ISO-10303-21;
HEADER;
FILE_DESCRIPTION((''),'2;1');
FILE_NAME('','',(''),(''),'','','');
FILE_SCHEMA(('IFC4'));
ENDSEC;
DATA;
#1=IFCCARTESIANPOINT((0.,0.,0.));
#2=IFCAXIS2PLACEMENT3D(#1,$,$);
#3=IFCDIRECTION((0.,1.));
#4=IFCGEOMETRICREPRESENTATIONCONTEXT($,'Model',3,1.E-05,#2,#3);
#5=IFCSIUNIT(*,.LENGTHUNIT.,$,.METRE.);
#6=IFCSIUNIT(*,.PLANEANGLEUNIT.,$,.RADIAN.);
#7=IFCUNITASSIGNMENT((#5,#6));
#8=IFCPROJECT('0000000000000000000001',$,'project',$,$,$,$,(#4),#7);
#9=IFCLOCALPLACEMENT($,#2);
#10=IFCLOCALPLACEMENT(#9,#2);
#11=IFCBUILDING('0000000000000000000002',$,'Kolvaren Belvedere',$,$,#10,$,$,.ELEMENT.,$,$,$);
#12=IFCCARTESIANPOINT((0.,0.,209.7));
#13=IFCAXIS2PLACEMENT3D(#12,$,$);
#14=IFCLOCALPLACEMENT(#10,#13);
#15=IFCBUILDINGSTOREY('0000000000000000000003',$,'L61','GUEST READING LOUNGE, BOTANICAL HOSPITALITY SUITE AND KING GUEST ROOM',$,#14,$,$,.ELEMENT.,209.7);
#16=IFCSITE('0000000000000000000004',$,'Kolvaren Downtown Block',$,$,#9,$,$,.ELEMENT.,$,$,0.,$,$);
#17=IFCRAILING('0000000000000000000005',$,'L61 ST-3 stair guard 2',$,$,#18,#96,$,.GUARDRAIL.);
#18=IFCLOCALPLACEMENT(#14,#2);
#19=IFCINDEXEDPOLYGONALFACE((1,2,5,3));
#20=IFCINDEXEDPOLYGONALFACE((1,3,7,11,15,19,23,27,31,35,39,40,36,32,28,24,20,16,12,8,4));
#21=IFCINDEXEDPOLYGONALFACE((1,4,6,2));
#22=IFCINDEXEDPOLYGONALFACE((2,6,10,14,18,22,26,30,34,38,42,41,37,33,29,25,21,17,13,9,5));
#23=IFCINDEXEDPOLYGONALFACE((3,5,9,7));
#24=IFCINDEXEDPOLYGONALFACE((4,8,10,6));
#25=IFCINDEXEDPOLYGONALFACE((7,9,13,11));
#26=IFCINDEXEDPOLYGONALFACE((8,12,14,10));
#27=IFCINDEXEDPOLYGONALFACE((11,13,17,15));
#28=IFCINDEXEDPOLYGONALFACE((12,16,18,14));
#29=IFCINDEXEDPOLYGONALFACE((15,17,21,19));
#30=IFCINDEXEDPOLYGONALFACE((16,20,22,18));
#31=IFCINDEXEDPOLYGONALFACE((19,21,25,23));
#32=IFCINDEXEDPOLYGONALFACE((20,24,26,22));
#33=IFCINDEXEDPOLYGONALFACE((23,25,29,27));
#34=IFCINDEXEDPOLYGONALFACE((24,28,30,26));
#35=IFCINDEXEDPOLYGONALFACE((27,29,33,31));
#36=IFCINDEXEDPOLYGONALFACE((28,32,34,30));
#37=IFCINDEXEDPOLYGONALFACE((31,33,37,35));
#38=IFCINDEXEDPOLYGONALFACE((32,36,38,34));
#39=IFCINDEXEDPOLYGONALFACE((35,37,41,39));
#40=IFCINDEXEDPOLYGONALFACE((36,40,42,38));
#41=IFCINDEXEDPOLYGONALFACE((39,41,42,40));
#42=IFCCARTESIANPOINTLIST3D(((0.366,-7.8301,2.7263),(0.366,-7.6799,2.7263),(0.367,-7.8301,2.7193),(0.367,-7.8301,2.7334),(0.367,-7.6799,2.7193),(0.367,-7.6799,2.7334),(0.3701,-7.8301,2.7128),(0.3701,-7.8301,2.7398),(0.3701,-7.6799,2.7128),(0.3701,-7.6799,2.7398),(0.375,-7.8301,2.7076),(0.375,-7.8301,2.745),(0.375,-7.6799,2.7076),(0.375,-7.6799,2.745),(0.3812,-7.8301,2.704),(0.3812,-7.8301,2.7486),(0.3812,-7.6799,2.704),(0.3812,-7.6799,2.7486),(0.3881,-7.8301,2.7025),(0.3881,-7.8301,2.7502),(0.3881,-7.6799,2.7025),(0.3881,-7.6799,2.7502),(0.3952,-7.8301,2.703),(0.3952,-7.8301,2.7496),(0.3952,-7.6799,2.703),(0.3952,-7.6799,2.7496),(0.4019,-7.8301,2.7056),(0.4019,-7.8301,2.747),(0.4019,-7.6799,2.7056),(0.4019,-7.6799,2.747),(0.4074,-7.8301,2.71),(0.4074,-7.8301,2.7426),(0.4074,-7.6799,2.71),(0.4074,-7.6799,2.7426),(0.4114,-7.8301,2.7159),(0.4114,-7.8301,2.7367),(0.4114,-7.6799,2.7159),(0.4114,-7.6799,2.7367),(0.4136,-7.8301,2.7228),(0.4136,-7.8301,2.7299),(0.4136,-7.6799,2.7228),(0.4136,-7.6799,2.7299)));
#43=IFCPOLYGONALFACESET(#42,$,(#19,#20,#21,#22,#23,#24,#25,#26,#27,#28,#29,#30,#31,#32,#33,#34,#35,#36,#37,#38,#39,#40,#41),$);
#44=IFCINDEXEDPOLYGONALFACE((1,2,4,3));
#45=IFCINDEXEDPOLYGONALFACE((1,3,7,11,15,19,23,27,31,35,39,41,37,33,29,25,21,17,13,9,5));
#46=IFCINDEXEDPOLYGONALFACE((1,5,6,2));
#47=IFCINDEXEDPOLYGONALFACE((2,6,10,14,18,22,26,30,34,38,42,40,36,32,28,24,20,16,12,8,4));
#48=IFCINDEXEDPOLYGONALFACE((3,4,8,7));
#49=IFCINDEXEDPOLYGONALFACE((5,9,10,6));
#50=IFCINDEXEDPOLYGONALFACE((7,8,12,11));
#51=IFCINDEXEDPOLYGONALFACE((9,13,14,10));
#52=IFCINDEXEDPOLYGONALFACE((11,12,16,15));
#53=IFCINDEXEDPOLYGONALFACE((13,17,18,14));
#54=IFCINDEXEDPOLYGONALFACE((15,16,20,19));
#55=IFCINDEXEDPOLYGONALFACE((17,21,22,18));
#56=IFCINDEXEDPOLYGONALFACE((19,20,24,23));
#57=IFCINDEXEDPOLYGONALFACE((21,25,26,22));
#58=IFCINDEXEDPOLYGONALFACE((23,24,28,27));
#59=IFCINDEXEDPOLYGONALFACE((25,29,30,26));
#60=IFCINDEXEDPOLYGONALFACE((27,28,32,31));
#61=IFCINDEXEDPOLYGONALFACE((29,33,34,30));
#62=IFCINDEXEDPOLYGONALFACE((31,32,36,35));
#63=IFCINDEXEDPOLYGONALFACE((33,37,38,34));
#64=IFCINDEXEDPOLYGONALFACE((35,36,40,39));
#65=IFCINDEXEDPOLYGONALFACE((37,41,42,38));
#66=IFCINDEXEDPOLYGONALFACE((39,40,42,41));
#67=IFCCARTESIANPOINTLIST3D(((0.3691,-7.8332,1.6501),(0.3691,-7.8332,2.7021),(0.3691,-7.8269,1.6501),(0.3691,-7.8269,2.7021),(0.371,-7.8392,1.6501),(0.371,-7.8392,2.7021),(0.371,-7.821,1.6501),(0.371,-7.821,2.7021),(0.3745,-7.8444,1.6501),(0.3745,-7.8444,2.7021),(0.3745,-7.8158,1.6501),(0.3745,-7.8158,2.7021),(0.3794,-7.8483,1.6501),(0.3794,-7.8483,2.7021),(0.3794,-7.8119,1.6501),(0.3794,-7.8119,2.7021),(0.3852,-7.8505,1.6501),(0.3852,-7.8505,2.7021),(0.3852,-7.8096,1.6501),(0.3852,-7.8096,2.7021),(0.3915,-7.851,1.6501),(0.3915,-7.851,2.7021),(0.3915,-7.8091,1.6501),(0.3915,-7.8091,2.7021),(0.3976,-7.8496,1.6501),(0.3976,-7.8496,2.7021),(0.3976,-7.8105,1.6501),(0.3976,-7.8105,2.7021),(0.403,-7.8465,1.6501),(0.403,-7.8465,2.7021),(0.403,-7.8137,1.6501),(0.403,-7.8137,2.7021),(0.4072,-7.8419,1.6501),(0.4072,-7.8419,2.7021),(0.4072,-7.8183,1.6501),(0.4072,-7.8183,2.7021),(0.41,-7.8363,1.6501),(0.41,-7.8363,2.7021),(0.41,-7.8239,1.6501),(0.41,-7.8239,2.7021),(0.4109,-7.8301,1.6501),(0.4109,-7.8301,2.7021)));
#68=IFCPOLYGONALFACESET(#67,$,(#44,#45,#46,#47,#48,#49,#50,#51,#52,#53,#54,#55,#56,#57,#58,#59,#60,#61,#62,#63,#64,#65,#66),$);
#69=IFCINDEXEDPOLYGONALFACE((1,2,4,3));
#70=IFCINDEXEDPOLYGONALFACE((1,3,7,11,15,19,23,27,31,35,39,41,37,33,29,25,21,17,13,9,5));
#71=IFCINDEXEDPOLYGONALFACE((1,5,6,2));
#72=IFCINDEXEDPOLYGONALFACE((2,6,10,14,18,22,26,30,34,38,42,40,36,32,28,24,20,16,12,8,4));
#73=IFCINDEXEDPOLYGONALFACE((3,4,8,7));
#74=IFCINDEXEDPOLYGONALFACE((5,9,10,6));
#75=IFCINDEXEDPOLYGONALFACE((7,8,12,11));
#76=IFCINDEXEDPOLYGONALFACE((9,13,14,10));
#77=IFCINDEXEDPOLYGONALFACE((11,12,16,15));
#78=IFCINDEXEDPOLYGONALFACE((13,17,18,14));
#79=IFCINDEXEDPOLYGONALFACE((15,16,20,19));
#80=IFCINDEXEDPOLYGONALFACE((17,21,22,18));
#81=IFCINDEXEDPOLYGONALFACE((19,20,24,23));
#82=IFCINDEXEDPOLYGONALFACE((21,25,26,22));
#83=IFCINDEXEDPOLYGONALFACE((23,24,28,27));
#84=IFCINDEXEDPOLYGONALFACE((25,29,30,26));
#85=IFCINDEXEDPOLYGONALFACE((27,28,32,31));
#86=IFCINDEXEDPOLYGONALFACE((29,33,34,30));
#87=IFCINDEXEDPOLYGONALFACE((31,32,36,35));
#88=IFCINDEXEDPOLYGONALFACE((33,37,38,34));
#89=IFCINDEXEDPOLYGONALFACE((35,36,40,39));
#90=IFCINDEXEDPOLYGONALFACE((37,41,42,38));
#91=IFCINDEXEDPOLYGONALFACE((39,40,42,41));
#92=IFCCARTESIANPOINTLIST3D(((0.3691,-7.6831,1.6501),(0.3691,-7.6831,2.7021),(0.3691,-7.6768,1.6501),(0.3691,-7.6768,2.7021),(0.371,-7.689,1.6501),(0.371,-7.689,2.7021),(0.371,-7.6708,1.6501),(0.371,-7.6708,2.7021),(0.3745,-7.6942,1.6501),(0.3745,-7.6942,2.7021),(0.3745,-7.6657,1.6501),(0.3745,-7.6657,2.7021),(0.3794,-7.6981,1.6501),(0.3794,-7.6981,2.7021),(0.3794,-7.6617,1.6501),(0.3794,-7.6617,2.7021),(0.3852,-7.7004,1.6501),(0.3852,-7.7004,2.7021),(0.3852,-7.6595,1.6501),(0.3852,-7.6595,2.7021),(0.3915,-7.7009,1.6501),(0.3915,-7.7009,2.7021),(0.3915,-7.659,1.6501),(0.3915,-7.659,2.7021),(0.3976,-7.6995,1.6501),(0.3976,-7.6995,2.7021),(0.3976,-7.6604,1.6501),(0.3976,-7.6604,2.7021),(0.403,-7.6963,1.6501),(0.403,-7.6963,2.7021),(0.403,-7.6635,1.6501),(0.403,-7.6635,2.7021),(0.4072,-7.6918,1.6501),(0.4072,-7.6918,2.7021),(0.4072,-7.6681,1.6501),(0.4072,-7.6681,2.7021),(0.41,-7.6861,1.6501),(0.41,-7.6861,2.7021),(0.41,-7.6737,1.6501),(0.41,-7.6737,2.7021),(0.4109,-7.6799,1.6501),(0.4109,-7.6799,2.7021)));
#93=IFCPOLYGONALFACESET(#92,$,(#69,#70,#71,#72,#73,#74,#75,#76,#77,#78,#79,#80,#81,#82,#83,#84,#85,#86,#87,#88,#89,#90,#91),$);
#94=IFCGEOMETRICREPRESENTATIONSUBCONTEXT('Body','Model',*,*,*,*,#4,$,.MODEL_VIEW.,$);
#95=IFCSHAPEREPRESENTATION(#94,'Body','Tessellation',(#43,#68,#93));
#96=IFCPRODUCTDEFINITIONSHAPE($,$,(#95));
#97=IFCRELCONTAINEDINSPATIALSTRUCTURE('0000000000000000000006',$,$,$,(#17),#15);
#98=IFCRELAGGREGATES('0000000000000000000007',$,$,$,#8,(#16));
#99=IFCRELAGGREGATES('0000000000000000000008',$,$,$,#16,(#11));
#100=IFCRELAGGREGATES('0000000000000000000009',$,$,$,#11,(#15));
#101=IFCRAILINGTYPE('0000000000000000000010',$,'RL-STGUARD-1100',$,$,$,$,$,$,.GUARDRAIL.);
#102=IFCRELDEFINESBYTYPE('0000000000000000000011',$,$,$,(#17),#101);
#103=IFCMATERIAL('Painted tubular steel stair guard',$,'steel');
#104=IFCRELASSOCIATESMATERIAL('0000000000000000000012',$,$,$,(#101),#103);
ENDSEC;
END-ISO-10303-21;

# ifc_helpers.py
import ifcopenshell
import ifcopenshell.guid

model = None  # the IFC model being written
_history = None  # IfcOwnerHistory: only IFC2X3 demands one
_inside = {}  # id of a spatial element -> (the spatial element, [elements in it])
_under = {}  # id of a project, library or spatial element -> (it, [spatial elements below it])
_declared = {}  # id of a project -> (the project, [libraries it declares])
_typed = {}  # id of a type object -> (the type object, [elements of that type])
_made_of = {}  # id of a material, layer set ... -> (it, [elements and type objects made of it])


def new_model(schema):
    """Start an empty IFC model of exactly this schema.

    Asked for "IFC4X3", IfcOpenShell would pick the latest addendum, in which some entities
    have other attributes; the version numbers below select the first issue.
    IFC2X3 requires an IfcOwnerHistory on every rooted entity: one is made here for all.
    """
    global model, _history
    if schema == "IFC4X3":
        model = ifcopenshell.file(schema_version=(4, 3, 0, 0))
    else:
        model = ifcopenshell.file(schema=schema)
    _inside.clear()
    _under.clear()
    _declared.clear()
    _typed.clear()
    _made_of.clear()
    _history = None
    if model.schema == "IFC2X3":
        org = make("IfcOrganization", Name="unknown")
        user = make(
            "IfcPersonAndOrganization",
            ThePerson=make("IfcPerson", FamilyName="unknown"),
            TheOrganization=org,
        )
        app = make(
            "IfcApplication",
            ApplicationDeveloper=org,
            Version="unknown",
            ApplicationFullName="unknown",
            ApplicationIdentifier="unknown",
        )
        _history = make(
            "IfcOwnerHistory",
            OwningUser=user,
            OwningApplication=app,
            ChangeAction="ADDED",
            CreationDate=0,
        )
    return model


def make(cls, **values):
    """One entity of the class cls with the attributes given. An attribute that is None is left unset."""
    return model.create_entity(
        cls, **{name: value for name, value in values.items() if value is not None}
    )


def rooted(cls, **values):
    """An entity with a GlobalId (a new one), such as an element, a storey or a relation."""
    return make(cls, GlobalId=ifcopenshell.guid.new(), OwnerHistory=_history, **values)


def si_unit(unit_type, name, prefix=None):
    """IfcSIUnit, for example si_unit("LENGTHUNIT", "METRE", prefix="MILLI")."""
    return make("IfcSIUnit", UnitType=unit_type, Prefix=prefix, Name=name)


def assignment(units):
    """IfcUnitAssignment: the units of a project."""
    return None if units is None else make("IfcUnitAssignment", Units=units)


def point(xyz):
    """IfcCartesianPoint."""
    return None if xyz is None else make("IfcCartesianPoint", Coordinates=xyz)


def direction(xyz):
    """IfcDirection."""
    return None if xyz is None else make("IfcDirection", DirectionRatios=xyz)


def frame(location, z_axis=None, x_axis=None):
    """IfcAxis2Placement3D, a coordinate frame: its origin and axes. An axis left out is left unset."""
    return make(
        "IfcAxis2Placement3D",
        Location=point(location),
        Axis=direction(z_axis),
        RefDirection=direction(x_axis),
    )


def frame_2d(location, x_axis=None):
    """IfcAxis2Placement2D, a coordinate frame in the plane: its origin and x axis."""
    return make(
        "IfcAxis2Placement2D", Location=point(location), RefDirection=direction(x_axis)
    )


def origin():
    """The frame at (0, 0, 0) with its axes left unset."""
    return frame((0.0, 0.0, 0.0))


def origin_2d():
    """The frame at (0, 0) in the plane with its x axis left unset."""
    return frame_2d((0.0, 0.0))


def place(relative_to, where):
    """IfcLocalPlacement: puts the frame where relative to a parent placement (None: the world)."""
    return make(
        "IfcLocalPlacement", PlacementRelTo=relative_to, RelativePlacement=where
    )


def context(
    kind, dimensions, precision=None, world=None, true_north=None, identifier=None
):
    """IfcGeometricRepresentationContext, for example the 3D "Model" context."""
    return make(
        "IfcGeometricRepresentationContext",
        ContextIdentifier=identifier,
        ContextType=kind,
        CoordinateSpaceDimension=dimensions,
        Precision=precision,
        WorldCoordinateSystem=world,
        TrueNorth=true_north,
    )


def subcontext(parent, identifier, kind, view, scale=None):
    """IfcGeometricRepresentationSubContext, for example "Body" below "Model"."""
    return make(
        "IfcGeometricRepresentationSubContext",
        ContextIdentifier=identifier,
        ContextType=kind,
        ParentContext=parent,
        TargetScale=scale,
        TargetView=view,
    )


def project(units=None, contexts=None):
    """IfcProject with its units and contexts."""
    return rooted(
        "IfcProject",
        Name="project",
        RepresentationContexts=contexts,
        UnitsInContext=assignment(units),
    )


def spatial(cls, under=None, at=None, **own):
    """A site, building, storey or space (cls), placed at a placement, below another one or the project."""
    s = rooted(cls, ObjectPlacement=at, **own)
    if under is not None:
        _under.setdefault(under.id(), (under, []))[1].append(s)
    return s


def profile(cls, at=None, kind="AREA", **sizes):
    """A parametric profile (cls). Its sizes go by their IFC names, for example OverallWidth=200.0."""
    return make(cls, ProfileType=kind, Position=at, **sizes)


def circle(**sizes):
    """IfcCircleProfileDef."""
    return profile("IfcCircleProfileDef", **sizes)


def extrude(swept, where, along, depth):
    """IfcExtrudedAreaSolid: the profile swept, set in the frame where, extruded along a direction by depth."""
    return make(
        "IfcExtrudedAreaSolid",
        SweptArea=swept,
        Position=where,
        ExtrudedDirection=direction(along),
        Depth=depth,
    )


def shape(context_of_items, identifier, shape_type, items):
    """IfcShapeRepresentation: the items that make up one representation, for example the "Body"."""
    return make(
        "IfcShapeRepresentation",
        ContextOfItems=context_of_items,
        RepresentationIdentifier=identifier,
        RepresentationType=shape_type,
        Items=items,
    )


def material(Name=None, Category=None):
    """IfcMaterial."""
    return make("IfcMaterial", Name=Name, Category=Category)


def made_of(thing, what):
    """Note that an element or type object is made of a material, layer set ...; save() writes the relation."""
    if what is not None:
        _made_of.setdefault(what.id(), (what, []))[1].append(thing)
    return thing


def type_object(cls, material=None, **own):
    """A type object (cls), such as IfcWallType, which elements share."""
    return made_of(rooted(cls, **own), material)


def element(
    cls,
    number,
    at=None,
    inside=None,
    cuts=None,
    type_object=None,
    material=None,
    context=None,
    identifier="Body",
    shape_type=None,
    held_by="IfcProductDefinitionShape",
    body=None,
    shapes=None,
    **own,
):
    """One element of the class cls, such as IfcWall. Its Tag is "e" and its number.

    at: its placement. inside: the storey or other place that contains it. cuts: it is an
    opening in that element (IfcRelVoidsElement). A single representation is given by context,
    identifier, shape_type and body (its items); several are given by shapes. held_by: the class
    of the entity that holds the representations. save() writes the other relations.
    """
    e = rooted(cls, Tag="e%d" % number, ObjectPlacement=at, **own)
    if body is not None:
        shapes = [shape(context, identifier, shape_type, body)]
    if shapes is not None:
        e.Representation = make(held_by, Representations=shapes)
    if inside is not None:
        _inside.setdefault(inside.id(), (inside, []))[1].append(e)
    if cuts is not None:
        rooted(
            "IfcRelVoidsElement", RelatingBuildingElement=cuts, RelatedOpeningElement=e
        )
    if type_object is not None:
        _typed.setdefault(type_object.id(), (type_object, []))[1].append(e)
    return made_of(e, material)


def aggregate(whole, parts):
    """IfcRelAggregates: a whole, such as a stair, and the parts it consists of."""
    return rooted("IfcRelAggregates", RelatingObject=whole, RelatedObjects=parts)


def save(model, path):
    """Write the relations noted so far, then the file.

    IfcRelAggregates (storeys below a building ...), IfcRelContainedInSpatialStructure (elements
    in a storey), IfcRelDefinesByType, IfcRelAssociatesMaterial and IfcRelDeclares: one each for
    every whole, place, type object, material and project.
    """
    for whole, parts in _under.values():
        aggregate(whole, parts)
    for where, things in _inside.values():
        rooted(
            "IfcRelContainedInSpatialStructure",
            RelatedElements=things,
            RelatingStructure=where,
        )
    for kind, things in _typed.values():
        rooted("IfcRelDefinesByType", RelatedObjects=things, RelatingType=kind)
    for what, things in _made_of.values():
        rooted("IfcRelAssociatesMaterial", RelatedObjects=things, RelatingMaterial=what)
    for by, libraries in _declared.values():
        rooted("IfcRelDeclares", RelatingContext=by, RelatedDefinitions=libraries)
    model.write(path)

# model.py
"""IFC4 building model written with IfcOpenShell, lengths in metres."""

from ifc_helpers import new_model, si_unit, direction, frame, origin, origin_2d, place, context, subcontext, project, spatial, circle, extrude, material, type_object, element, save


model = new_model("IFC4")

# Units and contexts
model_context = context("Model", 3, precision=1e-05, world=origin(), true_north=direction((0.0, 1.0)))
body_context = subcontext(model_context, "Body", "Model", "MODEL_VIEW")
ifc_project = project(units=[si_unit("LENGTHUNIT", "METRE"), si_unit("PLANEANGLEUNIT", "RADIAN")], contexts=[model_context])

# Site, building, storey
site_placement = place(None, origin())
site = spatial("IfcSite", under=ifc_project, at=site_placement, Name="Kolvaren Downtown Block", CompositionType="ELEMENT", RefElevation=0.0)
building_placement = place(site_placement, origin())
building = spatial("IfcBuilding", under=site, at=building_placement, Name="Kolvaren Belvedere", CompositionType="ELEMENT")
storey_placement = place(building_placement, frame((0.0, 0.0, 209.7)))
storey = spatial("IfcBuildingStorey", under=building, at=storey_placement, Name="L61", Description="GUEST READING LOUNGE, BOTANICAL HOSPITALITY SUITE AND KING GUEST ROOM", CompositionType="ELEMENT", Elevation=209.7)

# Railing
ifc_material_1 = material(Name="Painted tubular steel stair guard", Category="steel")
railing_type_1 = type_object("IfcRailingType", Name="RL-STGUARD-1100", PredefinedType="GUARDRAIL", material=ifc_material_1)
railing_1_placement = place(storey_placement, frame((0.3899, -7.8301, 1.6501)))
element("IfcRailing", 1, at=railing_1_placement, inside=storey, type_object=railing_type_1, Name="L61 ST-3 stair guard 2", PredefinedType="GUARDRAIL", context=body_context, shape_type="SweptSolid", body=[
    extrude(circle(Radius=0.0239, at=origin_2d()), frame((0.0, 0.0, 1.0762), z_axis=(0.0, 1.0, 0.0), x_axis=(-1.0, 0.0, 0.0)), (0.0, 0.0, 1.0), 0.1501),
    extrude(circle(Radius=0.021, at=origin_2d()), origin(), (0.0, 0.0, 1.0), 1.052),
    extrude(circle(Radius=0.021, at=origin_2d()), frame((0.0, 0.1501, 0.0)), (0.0, 0.0, 1.0), 1.052),
])

save(model, "model.ifc")
